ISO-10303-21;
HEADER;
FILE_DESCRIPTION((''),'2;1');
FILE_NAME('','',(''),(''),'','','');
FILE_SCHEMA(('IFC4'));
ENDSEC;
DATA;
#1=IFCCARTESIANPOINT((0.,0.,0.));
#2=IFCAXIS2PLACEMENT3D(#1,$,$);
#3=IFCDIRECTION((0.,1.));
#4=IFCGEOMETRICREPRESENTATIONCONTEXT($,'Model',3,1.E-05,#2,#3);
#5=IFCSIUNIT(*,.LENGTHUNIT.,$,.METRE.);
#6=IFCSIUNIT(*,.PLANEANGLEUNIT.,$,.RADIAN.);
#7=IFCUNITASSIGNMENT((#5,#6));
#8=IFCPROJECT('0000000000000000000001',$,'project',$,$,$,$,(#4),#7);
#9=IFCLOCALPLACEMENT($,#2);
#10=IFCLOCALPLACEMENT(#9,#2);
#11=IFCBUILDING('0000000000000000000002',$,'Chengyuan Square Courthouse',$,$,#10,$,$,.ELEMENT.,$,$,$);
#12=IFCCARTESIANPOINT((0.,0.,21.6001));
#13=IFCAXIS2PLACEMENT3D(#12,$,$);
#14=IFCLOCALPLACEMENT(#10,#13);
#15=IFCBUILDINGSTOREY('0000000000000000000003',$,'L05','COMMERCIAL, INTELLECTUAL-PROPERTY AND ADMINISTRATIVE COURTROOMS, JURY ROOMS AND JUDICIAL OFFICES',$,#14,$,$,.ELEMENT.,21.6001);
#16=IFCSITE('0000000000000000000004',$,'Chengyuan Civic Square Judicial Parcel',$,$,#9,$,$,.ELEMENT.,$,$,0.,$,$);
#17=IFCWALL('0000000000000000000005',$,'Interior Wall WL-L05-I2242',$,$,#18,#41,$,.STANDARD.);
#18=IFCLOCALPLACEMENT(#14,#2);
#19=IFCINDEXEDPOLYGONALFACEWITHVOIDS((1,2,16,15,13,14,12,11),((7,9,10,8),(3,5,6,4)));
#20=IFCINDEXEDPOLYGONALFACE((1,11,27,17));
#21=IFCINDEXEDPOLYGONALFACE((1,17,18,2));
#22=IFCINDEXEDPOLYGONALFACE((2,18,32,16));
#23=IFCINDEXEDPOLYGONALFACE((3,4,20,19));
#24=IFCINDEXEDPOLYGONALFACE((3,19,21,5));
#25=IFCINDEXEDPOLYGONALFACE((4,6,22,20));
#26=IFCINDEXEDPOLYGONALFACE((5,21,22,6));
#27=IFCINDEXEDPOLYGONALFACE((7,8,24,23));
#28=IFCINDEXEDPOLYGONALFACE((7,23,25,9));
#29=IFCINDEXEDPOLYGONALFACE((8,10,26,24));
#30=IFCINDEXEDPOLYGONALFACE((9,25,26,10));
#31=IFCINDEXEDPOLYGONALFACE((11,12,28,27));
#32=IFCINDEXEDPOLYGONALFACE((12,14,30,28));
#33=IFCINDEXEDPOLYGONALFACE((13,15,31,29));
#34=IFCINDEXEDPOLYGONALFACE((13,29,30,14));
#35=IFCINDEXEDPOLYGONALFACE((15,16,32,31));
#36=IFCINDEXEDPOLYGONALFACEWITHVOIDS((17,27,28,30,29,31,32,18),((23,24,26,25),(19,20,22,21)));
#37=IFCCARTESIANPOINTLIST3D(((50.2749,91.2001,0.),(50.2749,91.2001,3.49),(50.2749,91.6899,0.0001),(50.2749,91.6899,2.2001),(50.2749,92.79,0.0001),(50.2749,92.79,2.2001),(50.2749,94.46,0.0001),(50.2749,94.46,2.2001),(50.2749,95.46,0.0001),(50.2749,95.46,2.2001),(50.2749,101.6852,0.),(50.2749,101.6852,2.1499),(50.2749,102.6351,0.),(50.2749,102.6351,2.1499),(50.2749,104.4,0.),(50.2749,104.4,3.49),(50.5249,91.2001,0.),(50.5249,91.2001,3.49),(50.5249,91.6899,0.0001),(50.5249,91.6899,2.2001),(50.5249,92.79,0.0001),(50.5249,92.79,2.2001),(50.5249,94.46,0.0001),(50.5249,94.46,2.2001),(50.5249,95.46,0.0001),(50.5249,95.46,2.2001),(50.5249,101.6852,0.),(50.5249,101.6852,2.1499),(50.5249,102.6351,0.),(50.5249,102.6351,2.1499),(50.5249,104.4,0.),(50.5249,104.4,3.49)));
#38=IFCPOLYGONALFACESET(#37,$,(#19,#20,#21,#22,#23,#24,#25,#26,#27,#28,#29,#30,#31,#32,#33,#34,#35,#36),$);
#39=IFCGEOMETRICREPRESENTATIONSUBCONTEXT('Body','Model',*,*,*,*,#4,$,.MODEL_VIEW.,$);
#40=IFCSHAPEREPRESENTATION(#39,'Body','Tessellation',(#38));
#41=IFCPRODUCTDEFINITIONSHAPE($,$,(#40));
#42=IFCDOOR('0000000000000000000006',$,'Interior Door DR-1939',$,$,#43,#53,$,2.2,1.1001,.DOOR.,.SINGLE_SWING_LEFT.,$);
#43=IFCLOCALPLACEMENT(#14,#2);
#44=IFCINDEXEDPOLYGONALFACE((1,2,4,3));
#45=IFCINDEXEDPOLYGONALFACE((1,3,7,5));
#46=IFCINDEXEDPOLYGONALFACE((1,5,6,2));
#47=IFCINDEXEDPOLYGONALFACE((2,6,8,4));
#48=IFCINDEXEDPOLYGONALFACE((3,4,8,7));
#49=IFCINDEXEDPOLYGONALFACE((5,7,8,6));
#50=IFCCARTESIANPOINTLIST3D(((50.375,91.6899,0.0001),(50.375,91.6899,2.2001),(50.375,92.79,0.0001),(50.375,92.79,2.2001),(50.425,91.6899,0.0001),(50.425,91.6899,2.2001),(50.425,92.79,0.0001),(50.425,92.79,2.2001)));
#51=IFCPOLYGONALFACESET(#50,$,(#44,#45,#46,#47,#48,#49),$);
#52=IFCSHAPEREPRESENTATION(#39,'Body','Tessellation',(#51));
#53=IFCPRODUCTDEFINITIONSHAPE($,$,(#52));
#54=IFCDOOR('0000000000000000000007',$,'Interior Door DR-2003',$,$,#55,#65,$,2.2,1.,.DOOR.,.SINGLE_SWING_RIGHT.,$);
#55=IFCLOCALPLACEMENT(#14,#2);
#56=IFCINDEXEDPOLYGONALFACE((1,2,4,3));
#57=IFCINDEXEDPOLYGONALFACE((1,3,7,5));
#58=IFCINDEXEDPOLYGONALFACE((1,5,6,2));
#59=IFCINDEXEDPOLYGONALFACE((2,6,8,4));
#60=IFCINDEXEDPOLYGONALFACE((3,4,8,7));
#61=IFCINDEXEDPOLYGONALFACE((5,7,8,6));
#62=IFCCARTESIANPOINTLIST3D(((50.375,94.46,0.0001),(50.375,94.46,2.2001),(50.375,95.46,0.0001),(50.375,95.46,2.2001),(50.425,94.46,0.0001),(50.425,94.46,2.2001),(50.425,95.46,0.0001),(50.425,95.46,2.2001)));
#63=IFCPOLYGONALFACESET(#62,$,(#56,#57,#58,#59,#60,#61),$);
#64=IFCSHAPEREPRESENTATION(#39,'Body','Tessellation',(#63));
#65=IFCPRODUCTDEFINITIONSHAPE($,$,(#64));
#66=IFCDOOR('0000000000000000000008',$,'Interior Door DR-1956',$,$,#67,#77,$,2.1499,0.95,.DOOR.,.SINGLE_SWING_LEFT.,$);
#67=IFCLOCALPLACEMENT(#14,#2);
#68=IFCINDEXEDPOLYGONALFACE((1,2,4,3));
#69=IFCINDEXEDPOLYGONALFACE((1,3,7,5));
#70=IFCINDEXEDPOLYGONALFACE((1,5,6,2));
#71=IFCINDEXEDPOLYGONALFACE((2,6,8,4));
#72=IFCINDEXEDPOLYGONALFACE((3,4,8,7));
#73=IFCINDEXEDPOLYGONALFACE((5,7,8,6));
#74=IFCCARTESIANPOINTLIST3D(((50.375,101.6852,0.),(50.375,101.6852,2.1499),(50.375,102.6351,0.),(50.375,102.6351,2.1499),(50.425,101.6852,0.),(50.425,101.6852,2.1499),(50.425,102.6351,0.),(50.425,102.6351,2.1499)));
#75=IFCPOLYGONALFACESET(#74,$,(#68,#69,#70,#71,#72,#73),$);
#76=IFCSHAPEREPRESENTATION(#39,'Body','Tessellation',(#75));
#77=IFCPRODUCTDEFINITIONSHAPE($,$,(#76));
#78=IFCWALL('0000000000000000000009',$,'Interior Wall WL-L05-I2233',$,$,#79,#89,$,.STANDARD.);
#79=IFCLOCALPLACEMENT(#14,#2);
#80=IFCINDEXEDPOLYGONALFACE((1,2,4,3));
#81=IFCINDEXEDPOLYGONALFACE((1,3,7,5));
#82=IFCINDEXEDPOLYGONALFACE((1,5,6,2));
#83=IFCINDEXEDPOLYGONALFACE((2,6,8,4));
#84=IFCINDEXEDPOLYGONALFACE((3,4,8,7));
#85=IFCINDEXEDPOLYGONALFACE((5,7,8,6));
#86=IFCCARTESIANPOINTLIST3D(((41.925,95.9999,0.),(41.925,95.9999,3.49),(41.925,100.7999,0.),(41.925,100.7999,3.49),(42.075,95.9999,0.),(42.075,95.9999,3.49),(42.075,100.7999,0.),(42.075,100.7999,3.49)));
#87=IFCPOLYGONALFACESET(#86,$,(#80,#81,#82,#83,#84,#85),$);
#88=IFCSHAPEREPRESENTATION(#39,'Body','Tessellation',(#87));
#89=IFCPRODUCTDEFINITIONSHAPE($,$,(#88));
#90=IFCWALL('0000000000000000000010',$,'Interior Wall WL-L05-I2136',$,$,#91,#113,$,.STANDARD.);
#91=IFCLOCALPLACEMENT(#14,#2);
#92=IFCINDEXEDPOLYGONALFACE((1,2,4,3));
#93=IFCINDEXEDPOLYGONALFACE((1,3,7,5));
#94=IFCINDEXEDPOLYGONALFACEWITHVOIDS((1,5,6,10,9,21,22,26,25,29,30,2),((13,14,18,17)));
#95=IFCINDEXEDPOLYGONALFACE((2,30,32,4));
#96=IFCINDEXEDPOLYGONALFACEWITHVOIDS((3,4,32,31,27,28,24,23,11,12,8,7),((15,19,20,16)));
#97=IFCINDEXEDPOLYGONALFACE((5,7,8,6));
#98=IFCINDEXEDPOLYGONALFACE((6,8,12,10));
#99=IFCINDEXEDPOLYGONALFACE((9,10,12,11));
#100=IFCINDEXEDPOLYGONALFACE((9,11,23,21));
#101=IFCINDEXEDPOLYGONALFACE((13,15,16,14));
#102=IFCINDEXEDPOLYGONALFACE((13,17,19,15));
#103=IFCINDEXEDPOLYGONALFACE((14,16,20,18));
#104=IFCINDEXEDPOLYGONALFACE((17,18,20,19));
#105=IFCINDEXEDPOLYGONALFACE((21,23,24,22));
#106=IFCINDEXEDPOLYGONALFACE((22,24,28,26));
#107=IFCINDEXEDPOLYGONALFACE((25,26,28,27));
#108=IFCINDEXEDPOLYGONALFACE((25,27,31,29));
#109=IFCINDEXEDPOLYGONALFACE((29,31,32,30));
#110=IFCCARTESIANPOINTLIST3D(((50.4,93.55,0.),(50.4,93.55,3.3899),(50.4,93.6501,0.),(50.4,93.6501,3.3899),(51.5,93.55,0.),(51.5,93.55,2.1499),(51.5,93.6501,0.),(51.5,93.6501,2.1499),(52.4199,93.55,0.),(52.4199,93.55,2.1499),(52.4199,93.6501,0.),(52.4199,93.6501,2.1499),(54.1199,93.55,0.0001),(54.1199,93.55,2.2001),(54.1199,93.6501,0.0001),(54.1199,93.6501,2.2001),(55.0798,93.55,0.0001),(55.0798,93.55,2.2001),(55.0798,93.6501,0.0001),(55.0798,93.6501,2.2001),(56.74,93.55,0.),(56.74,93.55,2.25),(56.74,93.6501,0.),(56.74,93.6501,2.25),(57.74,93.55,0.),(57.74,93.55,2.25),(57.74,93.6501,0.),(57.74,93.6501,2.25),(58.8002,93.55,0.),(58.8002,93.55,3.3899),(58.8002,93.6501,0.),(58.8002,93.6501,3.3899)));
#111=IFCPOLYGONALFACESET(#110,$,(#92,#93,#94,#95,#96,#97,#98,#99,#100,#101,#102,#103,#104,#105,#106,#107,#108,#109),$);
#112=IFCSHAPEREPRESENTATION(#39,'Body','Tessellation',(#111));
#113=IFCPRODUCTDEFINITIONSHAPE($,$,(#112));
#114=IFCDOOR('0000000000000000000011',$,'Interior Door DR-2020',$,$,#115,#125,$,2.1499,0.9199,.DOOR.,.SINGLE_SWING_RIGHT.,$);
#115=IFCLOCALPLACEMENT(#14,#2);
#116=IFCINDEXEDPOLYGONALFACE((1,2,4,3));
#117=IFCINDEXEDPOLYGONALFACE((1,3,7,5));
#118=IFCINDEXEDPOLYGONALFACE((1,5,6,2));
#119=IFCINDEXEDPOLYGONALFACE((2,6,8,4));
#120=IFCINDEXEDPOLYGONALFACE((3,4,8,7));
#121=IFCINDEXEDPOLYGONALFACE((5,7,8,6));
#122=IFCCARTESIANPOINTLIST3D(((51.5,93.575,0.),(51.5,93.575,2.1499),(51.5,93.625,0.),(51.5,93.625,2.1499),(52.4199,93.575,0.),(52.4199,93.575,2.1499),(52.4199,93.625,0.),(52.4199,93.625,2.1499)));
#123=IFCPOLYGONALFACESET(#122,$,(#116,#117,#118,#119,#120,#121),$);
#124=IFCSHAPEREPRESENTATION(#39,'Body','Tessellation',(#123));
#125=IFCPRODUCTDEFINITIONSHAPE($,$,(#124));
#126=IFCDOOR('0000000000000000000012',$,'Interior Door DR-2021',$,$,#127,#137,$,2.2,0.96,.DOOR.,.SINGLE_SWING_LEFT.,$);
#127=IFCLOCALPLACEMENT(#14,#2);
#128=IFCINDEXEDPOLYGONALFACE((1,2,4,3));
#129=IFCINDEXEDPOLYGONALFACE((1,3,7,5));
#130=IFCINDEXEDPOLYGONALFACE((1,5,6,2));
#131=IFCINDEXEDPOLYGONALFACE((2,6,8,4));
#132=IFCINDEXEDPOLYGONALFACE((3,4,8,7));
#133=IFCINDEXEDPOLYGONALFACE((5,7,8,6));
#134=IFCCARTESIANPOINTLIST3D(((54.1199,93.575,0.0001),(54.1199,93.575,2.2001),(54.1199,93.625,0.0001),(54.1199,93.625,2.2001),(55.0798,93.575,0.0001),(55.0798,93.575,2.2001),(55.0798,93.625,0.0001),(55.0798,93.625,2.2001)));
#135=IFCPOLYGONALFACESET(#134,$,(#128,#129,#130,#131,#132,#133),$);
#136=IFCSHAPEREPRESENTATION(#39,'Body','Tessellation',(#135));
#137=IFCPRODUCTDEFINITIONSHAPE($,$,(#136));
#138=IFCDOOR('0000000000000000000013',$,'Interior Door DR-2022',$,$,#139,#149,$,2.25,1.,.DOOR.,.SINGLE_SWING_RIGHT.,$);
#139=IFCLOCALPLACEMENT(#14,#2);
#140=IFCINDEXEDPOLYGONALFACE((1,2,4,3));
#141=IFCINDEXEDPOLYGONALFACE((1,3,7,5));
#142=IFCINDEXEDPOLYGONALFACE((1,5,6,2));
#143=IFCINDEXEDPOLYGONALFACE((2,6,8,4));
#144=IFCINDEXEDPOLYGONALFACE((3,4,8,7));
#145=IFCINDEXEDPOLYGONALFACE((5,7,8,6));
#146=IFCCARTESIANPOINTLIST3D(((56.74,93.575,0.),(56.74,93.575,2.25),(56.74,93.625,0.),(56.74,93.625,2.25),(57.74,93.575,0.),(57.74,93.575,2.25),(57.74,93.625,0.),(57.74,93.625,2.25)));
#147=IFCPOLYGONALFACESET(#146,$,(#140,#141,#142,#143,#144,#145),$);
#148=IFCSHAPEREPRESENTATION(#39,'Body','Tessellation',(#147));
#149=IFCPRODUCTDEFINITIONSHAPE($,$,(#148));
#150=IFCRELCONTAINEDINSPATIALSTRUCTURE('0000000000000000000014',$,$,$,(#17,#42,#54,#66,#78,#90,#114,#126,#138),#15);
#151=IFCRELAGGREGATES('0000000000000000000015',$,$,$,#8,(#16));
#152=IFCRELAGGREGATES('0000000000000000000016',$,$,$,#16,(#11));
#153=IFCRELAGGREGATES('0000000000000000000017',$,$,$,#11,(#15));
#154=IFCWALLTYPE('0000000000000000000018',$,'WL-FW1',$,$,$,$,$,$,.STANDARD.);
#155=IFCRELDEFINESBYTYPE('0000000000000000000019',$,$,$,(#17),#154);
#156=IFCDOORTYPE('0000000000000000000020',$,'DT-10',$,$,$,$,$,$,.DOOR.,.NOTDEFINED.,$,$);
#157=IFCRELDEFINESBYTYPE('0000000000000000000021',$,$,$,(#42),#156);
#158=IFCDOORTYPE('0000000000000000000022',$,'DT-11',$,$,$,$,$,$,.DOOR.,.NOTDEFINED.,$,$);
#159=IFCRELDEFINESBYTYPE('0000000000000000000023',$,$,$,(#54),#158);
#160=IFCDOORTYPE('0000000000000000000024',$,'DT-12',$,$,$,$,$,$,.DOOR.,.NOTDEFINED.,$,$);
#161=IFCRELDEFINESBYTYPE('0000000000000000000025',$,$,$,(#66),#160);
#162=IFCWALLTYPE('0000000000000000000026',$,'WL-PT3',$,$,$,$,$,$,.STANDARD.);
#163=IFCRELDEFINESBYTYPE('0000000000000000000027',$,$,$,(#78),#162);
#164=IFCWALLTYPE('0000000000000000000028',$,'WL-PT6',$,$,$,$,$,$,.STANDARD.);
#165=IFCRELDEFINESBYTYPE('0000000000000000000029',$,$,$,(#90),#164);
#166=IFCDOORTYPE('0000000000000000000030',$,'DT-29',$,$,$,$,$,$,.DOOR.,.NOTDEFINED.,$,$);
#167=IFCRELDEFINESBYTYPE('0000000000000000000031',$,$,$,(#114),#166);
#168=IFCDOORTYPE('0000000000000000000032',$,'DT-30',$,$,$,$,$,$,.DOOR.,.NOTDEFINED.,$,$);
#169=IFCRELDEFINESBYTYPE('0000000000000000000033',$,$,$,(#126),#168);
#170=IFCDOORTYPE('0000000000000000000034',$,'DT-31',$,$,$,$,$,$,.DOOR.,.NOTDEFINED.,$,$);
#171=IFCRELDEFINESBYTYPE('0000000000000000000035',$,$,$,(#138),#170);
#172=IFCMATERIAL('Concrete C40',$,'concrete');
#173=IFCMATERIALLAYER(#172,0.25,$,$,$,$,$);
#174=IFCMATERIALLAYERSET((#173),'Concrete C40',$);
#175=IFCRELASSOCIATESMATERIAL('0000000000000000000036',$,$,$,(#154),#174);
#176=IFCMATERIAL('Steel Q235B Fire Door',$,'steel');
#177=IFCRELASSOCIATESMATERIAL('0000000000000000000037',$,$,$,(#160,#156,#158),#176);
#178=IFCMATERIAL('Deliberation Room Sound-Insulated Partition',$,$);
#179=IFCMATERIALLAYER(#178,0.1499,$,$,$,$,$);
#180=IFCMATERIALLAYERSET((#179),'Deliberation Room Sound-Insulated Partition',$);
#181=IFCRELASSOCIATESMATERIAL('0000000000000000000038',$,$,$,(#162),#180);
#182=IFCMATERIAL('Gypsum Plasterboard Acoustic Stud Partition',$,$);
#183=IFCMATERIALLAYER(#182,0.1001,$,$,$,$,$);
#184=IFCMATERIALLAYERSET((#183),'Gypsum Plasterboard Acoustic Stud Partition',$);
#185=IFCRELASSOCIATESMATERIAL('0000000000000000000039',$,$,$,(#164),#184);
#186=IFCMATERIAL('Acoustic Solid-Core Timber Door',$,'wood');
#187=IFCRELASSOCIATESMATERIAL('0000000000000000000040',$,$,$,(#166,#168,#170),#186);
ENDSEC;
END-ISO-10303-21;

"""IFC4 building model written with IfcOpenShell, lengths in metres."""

from ifc_helpers import new_model, si_unit, direction, frame, frame_2d, origin, place, context, subcontext, project, spatial, rectangle, extrude, material, layer, layer_set, type_object, element, fill, save


model = new_model("IFC4")

# Units and contexts
model_context = context("Model", 3, precision=1e-05, world=origin(), true_north=direction((0.0, 1.0)))
body_context = subcontext(model_context, "Body", "Model", "MODEL_VIEW")
ifc_project = project(units=[si_unit("LENGTHUNIT", "METRE"), si_unit("PLANEANGLEUNIT", "RADIAN")], contexts=[model_context])

# Site, building, storey
site_placement = place(None, origin())
site = spatial("IfcSite", under=ifc_project, at=site_placement, Name="Chengyuan Civic Square Judicial Parcel", CompositionType="ELEMENT", RefElevation=0.0)
building_placement = place(site_placement, origin())
building = spatial("IfcBuilding", under=site, at=building_placement, Name="Chengyuan Square Courthouse", CompositionType="ELEMENT")
storey_placement = place(building_placement, frame((0.0, 0.0, 21.6001)))
storey = spatial("IfcBuildingStorey", under=building, at=storey_placement, Name="L05", Description="COMMERCIAL, INTELLECTUAL-PROPERTY AND ADMINISTRATIVE COURTROOMS, JURY ROOMS AND JUDICIAL OFFICES", CompositionType="ELEMENT", Elevation=21.6001)

# Shared definitions
ifc_material_1 = material(Name="Concrete C40", Category="concrete")

# Shared definitions
ifc_layer_1 = layer(ifc_material_1, 0.25)
ifc_layer_set_1 = layer_set([ifc_layer_1], Name="Concrete C40")
wall_type_1 = type_object("IfcWallType", Name="WL-FW1", PredefinedType="STANDARD", material=ifc_layer_set_1)
ifc_material_2 = material(Name="Steel Q235B Fire Door", Category="steel")
door_type_1 = type_object("IfcDoorType", Name="DT-12", OperationType="NOTDEFINED", PredefinedType="DOOR", material=ifc_material_2)

# Wall, openings, doors
wall_1_placement = place(storey_placement, frame((50.3999, 91.2, 0.0), z_axis=(0.0, 0.0, 1.0), x_axis=(0.0, 1.0, 0.0)))
wall_1 = element("IfcWall", 1, at=wall_1_placement, inside=storey, type_object=wall_type_1, Name="Interior Wall WL-L05-I2242", PredefinedType="STANDARD", context=body_context, shape_type="SweptSolid", body=[
    extrude(rectangle(XDim=13.2, YDim=0.25, at=frame_2d((6.6001, 0.0))), origin(), (0.0, 0.0, 1.0), 3.49),
])
opening_1_placement = place(wall_1_placement, frame((0.49, 0.0, 0.0)))
opening_1 = element("IfcOpeningElement", 2, at=opening_1_placement, cuts=wall_1, PredefinedType="OPENING", context=body_context, shape_type="SweptSolid", body=[
    extrude(rectangle(XDim=1.1001, YDim=2.2, at=frame_2d((0.55, 1.1001))), frame((0.0, 0.137, 0.0), z_axis=(0.0, -1.0, 0.0), x_axis=(1.0, 0.0, 0.0)), (0.0, 0.0, 1.0), 0.2739),
])
opening_2_placement = place(wall_1_placement, frame((10.4851, 0.0, 0.0)))
opening_2 = element("IfcOpeningElement", 3, at=opening_2_placement, cuts=wall_1, PredefinedType="OPENING", context=body_context, shape_type="SweptSolid", body=[
    extrude(rectangle(XDim=0.95, YDim=2.1499, at=frame_2d((0.4751, 1.075))), frame((0.0, 0.137, 0.0), z_axis=(0.0, -1.0, 0.0), x_axis=(1.0, 0.0, 0.0)), (0.0, 0.0, 1.0), 0.2739),
])
opening_3_placement = place(wall_1_placement, frame((3.26, 0.0, 0.0)))
opening_3 = element("IfcOpeningElement", 4, at=opening_3_placement, cuts=wall_1, PredefinedType="OPENING", context=body_context, shape_type="SweptSolid", body=[
    extrude(rectangle(XDim=1.0, YDim=2.2, at=frame_2d((0.5, 1.1001))), frame((0.0, 0.137, 0.0), z_axis=(0.0, -1.0, 0.0), x_axis=(1.0, 0.0, 0.0)), (0.0, 0.0, 1.0), 0.2739),
])
door_type_2 = type_object("IfcDoorType", Name="DT-10", OperationType="NOTDEFINED", PredefinedType="DOOR", material=ifc_material_2)
door_1_placement = place(opening_1_placement, origin())
door_1 = element("IfcDoor", 5, at=door_1_placement, inside=storey, type_object=door_type_2, Name="Interior Door DR-1939", OperationType="SINGLE_SWING_LEFT", OverallHeight=2.2, OverallWidth=1.1001, PredefinedType="DOOR", context=body_context, shape_type="SweptSolid", body=[
    extrude(rectangle(XDim=1.1001, YDim=2.2, at=frame_2d((0.55, 1.1001))), frame((0.0, 0.0249, 0.0), z_axis=(0.0, -1.0, 0.0), x_axis=(1.0, 0.0, 0.0)), (0.0, 0.0, 1.0), 0.05),
])
fill(opening_1, door_1)
door_type_3 = type_object("IfcDoorType", Name="DT-11", OperationType="NOTDEFINED", PredefinedType="DOOR", material=ifc_material_2)
door_2_placement = place(opening_3_placement, origin())
door_2 = element("IfcDoor", 6, at=door_2_placement, inside=storey, type_object=door_type_3, Name="Interior Door DR-2003", OperationType="SINGLE_SWING_RIGHT", OverallHeight=2.2, OverallWidth=1.0, PredefinedType="DOOR", context=body_context, shape_type="SweptSolid", body=[
    extrude(rectangle(XDim=1.0, YDim=2.2, at=frame_2d((0.5, 1.1001))), frame((0.0, 0.0249, 0.0), z_axis=(0.0, -1.0, 0.0), x_axis=(1.0, 0.0, 0.0)), (0.0, 0.0, 1.0), 0.05),
])
fill(opening_3, door_2)
door_3_placement = place(opening_2_placement, origin())
door_3 = element("IfcDoor", 7, at=door_3_placement, inside=storey, type_object=door_type_1, Name="Interior Door DR-1956", OperationType="SINGLE_SWING_LEFT", OverallHeight=2.1499, OverallWidth=0.95, PredefinedType="DOOR", context=body_context, shape_type="SweptSolid", body=[
    extrude(rectangle(XDim=0.95, YDim=2.1499, at=frame_2d((0.4751, 1.075))), frame((0.0, 0.0249, 0.0), z_axis=(0.0, -1.0, 0.0), x_axis=(1.0, 0.0, 0.0)), (0.0, 0.0, 1.0), 0.05),
])
fill(opening_2, door_3)

# Wall
ifc_material_3 = material(Name="Deliberation Room Sound-Insulated Partition")
ifc_layer_2 = layer(ifc_material_3, 0.1499)
ifc_layer_set_2 = layer_set([ifc_layer_2], Name="Deliberation Room Sound-Insulated Partition")
wall_type_2 = type_object("IfcWallType", Name="WL-PT3", PredefinedType="STANDARD", material=ifc_layer_set_2)
wall_2_placement = place(storey_placement, frame((42.0, 96.0, 0.0), z_axis=(0.0, 0.0, 1.0), x_axis=(0.0, 1.0, 0.0)))
element("IfcWall", 8, at=wall_2_placement, inside=storey, type_object=wall_type_2, Name="Interior Wall WL-L05-I2233", PredefinedType="STANDARD", context=body_context, shape_type="SweptSolid", body=[
    extrude(rectangle(XDim=4.8, YDim=0.1499, at=frame_2d((2.3999, 0.0))), origin(), (0.0, 0.0, 1.0), 3.49),
])

# Wall, openings, doors
ifc_material_4 = material(Name="Gypsum Plasterboard Acoustic Stud Partition")
ifc_layer_3 = layer(ifc_material_4, 0.1001)
ifc_layer_set_3 = layer_set([ifc_layer_3], Name="Gypsum Plasterboard Acoustic Stud Partition")
wall_type_3 = type_object("IfcWallType", Name="WL-PT6", PredefinedType="STANDARD", material=ifc_layer_set_3)
wall_3_placement = place(storey_placement, frame((50.3999, 93.6001, 0.0), z_axis=(0.0, 0.0, 1.0), x_axis=(1.0, 0.0, 0.0)))
wall_3 = element("IfcWall", 9, at=wall_3_placement, inside=storey, type_object=wall_type_3, Name="Interior Wall WL-L05-I2136", PredefinedType="STANDARD", context=body_context, shape_type="SweptSolid", body=[
    extrude(rectangle(XDim=8.4001, YDim=0.1001, at=frame_2d((4.2002, 0.0))), origin(), (0.0, 0.0, 1.0), 3.3899),
])
opening_4_placement = place(wall_3_placement, frame((1.1001, 0.0, 0.0)))
opening_4 = element("IfcOpeningElement", 10, at=opening_4_placement, cuts=wall_3, PredefinedType="OPENING", context=body_context, shape_type="SweptSolid", body=[
    extrude(rectangle(XDim=0.9199, YDim=2.1499, at=frame_2d((0.46, 1.075))), frame((0.0, 0.062, 0.0), z_axis=(0.0, -1.0, 0.0), x_axis=(1.0, 0.0, 0.0)), (0.0, 0.0, 1.0), 0.124),
])
opening_5_placement = place(wall_3_placement, frame((3.72, 0.0, 0.0)))
opening_5 = element("IfcOpeningElement", 11, at=opening_5_placement, cuts=wall_3, PredefinedType="OPENING", context=body_context, shape_type="SweptSolid", body=[
    extrude(rectangle(XDim=0.96, YDim=2.2, at=frame_2d((0.48, 1.1001))), frame((0.0, 0.062, 0.0), z_axis=(0.0, -1.0, 0.0), x_axis=(1.0, 0.0, 0.0)), (0.0, 0.0, 1.0), 0.124),
])
opening_6_placement = place(wall_3_placement, frame((6.3401, 0.0, 0.0)))
opening_6 = element("IfcOpeningElement", 12, at=opening_6_placement, cuts=wall_3, PredefinedType="OPENING", context=body_context, shape_type="SweptSolid", body=[
    extrude(rectangle(XDim=1.0, YDim=2.25, at=frame_2d((0.5, 1.125))), frame((0.0, 0.062, 0.0), z_axis=(0.0, -1.0, 0.0), x_axis=(1.0, 0.0, 0.0)), (0.0, 0.0, 1.0), 0.124),
])
ifc_material_5 = material(Name="Acoustic Solid-Core Timber Door", Category="wood")
door_type_4 = type_object("IfcDoorType", Name="DT-29", OperationType="NOTDEFINED", PredefinedType="DOOR", material=ifc_material_5)
door_4_placement = place(opening_4_placement, origin())
door_4 = element("IfcDoor", 13, at=door_4_placement, inside=storey, type_object=door_type_4, Name="Interior Door DR-2020", OperationType="SINGLE_SWING_RIGHT", OverallHeight=2.1499, OverallWidth=0.9199, PredefinedType="DOOR", context=body_context, shape_type="SweptSolid", body=[
    extrude(rectangle(XDim=0.9199, YDim=2.1499, at=frame_2d((0.46, 1.075))), frame((0.0, 0.0249, 0.0), z_axis=(0.0, -1.0, 0.0), x_axis=(1.0, 0.0, 0.0)), (0.0, 0.0, 1.0), 0.05),
])
fill(opening_4, door_4)
door_type_5 = type_object("IfcDoorType", Name="DT-30", OperationType="NOTDEFINED", PredefinedType="DOOR", material=ifc_material_5)
door_5_placement = place(opening_5_placement, origin())
door_5 = element("IfcDoor", 14, at=door_5_placement, inside=storey, type_object=door_type_5, Name="Interior Door DR-2021", OperationType="SINGLE_SWING_LEFT", OverallHeight=2.2, OverallWidth=0.96, PredefinedType="DOOR", context=body_context, shape_type="SweptSolid", body=[
    extrude(rectangle(XDim=0.96, YDim=2.2, at=frame_2d((0.48, 1.1001))), frame((0.0, 0.0249, 0.0), z_axis=(0.0, -1.0, 0.0), x_axis=(1.0, 0.0, 0.0)), (0.0, 0.0, 1.0), 0.05),
])
fill(opening_5, door_5)
door_type_6 = type_object("IfcDoorType", Name="DT-31", OperationType="NOTDEFINED", PredefinedType="DOOR", material=ifc_material_5)
door_6_placement = place(opening_6_placement, origin())
door_6 = element("IfcDoor", 15, at=door_6_placement, inside=storey, type_object=door_type_6, Name="Interior Door DR-2022", OperationType="SINGLE_SWING_RIGHT", OverallHeight=2.25, OverallWidth=1.0, PredefinedType="DOOR", context=body_context, shape_type="SweptSolid", body=[
    extrude(rectangle(XDim=1.0, YDim=2.25, at=frame_2d((0.5, 1.125))), frame((0.0, 0.0249, 0.0), z_axis=(0.0, -1.0, 0.0), x_axis=(1.0, 0.0, 0.0)), (0.0, 0.0, 1.0), 0.05),
])
fill(opening_6, door_6)

save(model, "model.ifc")
